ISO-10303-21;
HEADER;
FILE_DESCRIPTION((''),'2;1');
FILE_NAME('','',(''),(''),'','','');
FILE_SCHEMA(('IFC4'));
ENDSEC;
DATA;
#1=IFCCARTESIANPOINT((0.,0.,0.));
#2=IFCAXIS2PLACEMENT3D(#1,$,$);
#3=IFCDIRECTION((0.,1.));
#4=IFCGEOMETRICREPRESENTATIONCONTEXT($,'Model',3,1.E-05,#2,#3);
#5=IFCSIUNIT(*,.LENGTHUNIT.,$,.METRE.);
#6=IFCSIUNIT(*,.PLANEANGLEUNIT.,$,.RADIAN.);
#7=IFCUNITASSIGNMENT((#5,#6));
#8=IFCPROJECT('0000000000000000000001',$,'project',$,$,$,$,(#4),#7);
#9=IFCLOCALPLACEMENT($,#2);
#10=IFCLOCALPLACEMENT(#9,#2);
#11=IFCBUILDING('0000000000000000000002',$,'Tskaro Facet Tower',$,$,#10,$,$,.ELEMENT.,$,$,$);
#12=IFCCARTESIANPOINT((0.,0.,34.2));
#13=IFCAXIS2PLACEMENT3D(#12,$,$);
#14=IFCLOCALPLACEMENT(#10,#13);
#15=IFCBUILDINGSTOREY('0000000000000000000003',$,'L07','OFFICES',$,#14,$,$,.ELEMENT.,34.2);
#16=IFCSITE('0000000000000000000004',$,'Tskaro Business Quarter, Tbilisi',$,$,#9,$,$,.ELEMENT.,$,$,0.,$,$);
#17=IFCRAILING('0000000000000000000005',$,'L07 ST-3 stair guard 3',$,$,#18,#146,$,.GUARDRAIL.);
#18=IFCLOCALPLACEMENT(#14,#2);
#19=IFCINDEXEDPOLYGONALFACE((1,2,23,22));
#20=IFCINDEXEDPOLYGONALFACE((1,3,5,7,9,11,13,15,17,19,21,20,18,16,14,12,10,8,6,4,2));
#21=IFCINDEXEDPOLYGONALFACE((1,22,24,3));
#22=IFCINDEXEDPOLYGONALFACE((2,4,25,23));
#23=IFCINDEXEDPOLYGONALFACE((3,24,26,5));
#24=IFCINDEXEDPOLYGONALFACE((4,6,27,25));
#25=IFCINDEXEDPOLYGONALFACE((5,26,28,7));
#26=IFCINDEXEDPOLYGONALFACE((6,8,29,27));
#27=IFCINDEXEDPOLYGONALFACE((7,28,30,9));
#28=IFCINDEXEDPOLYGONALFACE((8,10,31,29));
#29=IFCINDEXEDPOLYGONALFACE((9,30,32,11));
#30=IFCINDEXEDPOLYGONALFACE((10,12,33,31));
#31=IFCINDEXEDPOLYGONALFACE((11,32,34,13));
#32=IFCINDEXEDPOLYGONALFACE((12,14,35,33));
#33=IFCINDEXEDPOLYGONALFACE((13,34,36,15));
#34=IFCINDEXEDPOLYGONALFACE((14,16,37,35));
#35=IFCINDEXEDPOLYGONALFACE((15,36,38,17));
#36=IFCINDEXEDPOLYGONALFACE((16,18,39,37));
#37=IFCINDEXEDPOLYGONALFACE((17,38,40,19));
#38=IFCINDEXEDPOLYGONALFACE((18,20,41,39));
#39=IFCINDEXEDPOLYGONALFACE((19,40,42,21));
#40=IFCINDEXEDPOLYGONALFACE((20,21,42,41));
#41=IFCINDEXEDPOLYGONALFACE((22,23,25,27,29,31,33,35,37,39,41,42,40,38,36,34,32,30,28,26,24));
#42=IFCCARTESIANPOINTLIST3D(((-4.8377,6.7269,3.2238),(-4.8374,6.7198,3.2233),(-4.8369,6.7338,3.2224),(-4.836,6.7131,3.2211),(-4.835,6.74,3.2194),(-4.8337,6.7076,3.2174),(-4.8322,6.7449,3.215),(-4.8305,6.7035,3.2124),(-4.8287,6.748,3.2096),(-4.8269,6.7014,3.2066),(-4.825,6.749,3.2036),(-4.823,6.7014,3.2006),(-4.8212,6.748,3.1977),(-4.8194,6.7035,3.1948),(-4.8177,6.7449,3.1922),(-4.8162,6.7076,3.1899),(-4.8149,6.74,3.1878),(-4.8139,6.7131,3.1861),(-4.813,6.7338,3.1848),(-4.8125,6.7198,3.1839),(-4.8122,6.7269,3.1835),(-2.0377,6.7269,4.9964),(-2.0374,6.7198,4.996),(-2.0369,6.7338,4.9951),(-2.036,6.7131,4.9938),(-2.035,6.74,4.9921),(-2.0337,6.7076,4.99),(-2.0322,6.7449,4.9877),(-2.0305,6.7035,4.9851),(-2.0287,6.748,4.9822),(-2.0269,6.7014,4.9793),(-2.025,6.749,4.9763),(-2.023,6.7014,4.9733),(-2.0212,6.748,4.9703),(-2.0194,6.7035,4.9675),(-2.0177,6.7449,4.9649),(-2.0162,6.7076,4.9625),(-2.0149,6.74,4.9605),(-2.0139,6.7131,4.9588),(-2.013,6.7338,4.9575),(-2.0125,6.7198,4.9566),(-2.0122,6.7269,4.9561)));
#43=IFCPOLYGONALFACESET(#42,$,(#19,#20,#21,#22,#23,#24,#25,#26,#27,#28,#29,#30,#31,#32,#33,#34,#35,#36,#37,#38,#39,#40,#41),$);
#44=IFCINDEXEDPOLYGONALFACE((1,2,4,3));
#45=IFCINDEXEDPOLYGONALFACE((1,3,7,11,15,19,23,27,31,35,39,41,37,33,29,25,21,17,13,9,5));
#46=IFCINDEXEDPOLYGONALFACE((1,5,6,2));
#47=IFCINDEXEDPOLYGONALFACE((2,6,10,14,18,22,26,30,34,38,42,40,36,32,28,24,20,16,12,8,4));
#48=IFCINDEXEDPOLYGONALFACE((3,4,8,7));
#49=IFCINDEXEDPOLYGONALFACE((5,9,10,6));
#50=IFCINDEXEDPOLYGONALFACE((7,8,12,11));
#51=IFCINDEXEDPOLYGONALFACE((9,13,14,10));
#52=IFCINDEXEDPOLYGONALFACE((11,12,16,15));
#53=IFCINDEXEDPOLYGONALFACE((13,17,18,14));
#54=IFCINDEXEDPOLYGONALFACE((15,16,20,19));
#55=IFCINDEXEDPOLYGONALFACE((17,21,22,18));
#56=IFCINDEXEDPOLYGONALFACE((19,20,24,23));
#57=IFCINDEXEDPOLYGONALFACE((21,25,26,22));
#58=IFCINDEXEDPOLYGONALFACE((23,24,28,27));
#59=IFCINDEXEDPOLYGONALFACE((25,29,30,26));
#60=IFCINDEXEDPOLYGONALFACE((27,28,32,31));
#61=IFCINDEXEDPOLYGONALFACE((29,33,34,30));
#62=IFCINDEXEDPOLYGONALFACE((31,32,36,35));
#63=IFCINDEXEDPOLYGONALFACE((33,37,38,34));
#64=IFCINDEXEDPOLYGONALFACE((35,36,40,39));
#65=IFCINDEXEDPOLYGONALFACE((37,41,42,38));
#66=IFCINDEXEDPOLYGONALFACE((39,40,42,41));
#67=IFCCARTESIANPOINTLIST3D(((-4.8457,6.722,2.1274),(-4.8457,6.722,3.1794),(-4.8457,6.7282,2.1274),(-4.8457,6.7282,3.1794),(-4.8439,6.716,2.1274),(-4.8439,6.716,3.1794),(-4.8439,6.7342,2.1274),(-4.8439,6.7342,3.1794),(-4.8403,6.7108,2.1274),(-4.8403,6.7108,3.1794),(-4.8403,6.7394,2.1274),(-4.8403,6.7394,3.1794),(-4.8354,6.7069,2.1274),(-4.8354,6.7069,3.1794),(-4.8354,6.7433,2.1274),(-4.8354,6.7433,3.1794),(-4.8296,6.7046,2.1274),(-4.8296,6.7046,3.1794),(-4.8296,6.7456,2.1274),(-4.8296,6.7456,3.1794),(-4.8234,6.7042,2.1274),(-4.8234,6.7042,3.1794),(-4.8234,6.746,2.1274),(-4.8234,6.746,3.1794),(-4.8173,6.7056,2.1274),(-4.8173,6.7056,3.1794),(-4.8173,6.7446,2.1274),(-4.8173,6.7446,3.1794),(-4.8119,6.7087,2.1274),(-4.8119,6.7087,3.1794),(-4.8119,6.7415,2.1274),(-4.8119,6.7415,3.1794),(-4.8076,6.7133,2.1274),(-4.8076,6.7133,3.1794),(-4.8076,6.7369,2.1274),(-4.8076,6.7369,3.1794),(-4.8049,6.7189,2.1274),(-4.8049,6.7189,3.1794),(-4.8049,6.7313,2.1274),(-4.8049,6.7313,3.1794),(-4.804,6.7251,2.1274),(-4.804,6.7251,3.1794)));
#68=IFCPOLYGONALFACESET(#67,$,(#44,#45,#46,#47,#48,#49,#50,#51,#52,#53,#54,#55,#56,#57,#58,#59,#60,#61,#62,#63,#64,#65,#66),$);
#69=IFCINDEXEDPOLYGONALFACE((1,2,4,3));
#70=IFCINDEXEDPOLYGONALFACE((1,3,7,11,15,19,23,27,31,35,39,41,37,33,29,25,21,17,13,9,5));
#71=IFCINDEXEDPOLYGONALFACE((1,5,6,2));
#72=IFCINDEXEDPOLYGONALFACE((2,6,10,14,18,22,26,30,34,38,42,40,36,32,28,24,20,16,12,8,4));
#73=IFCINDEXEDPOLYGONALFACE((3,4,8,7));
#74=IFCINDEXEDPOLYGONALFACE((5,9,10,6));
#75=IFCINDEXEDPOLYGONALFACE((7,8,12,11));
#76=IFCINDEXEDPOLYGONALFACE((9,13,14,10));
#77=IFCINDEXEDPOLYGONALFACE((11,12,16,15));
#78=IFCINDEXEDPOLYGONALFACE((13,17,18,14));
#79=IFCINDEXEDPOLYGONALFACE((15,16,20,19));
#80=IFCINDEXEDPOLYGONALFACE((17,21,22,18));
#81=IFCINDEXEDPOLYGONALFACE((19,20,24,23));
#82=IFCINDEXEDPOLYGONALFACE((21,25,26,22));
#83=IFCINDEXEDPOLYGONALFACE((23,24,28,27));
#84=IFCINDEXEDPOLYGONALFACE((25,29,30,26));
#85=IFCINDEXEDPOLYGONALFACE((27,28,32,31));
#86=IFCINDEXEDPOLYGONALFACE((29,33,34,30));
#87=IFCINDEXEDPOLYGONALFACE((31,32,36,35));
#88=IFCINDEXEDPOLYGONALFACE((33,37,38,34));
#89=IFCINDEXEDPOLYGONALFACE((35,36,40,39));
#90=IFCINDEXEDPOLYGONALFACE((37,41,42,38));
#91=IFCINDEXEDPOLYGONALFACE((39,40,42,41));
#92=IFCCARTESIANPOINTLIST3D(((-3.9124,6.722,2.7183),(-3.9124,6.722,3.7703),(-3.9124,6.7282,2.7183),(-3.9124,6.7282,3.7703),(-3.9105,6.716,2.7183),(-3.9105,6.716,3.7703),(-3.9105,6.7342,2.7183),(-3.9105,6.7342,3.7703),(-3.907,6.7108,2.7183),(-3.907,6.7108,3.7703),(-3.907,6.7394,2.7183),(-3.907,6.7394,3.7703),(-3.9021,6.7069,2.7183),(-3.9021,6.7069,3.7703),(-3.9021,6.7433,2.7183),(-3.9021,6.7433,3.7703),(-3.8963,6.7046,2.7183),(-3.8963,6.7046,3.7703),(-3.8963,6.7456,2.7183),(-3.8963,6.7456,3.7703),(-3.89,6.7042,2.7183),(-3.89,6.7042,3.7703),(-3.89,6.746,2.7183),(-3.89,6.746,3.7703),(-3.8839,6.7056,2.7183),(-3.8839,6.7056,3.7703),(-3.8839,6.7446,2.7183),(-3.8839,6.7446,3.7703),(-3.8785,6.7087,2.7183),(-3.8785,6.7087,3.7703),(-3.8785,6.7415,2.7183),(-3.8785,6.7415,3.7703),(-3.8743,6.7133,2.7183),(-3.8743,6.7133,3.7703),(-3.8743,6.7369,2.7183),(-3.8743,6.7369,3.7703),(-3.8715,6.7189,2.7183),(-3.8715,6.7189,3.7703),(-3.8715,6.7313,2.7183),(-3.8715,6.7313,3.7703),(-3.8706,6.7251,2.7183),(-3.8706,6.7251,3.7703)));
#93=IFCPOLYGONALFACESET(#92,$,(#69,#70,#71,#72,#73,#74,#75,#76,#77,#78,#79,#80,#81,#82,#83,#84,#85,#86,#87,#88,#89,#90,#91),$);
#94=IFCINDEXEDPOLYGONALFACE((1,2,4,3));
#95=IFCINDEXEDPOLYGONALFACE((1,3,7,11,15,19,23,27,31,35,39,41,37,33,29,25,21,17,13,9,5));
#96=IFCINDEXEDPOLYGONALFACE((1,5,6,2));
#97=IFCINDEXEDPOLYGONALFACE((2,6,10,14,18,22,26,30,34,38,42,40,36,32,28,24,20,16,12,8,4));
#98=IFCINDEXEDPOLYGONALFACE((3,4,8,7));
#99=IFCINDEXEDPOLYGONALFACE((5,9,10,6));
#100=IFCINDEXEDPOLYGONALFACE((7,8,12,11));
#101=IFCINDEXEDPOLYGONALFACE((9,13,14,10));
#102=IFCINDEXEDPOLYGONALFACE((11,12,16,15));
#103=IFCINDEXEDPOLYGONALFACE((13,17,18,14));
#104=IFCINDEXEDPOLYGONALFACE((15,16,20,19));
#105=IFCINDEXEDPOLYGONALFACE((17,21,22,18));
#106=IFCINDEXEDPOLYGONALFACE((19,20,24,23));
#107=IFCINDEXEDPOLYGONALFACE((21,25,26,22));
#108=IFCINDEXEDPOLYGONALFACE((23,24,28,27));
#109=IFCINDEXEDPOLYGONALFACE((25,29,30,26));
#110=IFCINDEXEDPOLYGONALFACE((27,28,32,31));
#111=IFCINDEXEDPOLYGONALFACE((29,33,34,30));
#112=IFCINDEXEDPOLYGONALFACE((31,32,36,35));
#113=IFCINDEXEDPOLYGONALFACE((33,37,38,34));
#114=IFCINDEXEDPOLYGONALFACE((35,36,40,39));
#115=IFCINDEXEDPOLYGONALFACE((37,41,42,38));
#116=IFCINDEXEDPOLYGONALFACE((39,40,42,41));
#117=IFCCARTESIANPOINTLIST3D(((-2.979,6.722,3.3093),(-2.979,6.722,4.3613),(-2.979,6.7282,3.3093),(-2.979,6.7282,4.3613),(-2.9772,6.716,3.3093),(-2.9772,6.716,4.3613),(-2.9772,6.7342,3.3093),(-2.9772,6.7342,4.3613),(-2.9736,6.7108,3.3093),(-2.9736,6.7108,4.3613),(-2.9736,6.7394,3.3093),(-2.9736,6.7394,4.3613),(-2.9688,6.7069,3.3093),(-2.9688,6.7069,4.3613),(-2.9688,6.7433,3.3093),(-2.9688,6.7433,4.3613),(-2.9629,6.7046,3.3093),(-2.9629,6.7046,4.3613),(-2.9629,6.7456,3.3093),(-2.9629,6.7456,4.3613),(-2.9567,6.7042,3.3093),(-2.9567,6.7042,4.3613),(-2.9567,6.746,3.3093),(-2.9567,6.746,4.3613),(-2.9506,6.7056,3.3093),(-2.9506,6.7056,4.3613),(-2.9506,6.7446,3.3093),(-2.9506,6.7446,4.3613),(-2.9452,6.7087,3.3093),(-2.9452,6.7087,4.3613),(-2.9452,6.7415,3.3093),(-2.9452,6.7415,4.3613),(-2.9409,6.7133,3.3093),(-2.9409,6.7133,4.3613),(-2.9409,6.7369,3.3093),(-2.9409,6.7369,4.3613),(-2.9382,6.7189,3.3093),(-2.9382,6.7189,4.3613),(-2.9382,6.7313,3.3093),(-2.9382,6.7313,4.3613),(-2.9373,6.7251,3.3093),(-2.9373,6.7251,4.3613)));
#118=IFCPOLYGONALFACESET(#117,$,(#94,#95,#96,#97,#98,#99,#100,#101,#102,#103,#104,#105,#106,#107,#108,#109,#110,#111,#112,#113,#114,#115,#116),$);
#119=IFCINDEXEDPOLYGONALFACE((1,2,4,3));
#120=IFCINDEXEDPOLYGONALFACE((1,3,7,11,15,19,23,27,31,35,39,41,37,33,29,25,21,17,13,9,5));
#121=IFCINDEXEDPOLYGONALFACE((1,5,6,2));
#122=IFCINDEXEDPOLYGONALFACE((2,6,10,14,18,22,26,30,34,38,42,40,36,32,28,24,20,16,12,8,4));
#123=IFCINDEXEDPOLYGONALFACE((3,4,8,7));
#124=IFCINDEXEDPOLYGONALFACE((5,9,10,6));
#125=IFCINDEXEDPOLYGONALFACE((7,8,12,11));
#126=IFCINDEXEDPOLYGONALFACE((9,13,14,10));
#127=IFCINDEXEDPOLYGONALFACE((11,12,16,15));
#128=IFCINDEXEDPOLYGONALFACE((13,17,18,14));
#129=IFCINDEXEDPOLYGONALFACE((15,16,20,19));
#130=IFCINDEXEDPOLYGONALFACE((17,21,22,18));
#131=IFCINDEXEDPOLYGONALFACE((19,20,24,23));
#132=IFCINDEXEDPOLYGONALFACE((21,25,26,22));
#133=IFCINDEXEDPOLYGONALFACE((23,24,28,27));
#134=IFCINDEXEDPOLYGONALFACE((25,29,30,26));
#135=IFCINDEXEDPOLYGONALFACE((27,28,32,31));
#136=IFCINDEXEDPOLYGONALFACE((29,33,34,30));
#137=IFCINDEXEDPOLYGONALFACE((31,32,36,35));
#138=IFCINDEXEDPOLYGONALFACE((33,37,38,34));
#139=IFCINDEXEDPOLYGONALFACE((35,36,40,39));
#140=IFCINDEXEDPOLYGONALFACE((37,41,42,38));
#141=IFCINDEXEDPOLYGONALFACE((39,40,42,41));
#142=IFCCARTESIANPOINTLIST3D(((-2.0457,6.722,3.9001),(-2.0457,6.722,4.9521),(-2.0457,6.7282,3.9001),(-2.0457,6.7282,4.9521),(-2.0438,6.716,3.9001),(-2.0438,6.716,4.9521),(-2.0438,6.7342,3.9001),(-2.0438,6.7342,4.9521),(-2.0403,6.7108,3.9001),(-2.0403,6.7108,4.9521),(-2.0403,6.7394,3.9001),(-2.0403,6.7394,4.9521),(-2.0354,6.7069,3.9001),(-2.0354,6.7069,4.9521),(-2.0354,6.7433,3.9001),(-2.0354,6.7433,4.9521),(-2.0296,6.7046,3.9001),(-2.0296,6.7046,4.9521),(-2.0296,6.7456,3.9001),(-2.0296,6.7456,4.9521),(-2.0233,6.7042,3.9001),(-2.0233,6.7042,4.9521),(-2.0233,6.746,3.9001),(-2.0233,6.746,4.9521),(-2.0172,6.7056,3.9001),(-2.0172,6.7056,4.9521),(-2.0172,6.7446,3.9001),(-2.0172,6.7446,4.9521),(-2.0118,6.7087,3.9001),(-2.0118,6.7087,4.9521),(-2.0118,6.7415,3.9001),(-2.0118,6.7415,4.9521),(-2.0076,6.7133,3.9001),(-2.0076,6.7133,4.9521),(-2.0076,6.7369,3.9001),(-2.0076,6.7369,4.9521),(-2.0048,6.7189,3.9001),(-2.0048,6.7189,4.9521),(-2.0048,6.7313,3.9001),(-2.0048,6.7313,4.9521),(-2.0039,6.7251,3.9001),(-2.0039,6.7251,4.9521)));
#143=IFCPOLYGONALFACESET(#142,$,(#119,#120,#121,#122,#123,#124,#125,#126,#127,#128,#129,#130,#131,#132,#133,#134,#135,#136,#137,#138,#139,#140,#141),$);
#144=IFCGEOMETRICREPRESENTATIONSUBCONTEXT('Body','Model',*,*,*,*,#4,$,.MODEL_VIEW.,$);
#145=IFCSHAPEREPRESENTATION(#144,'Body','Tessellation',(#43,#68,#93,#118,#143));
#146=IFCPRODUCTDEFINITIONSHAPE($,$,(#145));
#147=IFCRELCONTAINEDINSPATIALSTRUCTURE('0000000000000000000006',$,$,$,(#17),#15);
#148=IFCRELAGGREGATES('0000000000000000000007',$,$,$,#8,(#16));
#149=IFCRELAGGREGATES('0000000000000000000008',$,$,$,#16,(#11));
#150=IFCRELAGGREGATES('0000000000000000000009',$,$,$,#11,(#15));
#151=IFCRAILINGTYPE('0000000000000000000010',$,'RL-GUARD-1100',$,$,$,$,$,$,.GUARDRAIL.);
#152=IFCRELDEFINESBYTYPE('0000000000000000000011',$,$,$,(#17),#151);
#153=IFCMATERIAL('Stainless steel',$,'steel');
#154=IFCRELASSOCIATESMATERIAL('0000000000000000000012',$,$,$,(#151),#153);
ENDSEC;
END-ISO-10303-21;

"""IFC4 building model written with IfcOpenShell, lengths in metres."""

from ifc_helpers import new_model, si_unit, direction, frame, origin, origin_2d, place, context, subcontext, project, spatial, circle, extrude, material, type_object, element, save


model = new_model("IFC4")

# Units and contexts
model_context = context("Model", 3, precision=1e-05, world=origin(), true_north=direction((0.0, 1.0)))
body_context = subcontext(model_context, "Body", "Model", "MODEL_VIEW")
ifc_project = project(units=[si_unit("LENGTHUNIT", "METRE"), si_unit("PLANEANGLEUNIT", "RADIAN")], contexts=[model_context])

# Site, building, storey
site_placement = place(None, origin())
site = spatial("IfcSite", under=ifc_project, at=site_placement, Name="Tskaro Business Quarter, Tbilisi", CompositionType="ELEMENT", RefElevation=0.0)
building_placement = place(site_placement, origin())
building = spatial("IfcBuilding", under=site, at=building_placement, Name="Tskaro Facet Tower", CompositionType="ELEMENT")
storey_placement = place(building_placement, frame((0.0, 0.0, 34.2)))
storey = spatial("IfcBuildingStorey", under=building, at=storey_placement, Name="L07", Description="OFFICES", CompositionType="ELEMENT", Elevation=34.2)

# Railing
ifc_material_1 = material(Name="Stainless steel", Category="steel")
railing_type_1 = type_object("IfcRailingType", Name="RL-GUARD-1100", PredefinedType="GUARDRAIL", material=ifc_material_1)
railing_1_placement = place(storey_placement, frame((-4.825, 6.7251, 2.1274)))
element("IfcRailing", 1, at=railing_1_placement, inside=storey, type_object=railing_type_1, Name="L07 ST-3 stair guard 3", PredefinedType="GUARDRAIL", context=body_context, shape_type="SweptSolid", body=[
    extrude(circle(Radius=0.0239, at=origin_2d()), frame((0.0, 0.0, 1.0762), z_axis=(0.844909, 0.0, 0.53491), x_axis=(0.0, 1.0, 0.0)), (0.0, 0.0, 1.0), 3.314),
    extrude(circle(Radius=0.021, at=origin_2d()), origin(), (0.0, 0.0, 1.0), 1.052),
    extrude(circle(Radius=0.021, at=origin_2d()), frame((0.9333, 0.0, 0.5908)), (0.0, 0.0, 1.0), 1.052),
    extrude(circle(Radius=0.021, at=origin_2d()), frame((1.8667, 0.0, 1.1819)), (0.0, 0.0, 1.0), 1.052),
    extrude(circle(Radius=0.021, at=origin_2d()), frame((2.8, 0.0, 1.7727)), (0.0, 0.0, 1.0), 1.052),
])

save(model, "model.ifc")
